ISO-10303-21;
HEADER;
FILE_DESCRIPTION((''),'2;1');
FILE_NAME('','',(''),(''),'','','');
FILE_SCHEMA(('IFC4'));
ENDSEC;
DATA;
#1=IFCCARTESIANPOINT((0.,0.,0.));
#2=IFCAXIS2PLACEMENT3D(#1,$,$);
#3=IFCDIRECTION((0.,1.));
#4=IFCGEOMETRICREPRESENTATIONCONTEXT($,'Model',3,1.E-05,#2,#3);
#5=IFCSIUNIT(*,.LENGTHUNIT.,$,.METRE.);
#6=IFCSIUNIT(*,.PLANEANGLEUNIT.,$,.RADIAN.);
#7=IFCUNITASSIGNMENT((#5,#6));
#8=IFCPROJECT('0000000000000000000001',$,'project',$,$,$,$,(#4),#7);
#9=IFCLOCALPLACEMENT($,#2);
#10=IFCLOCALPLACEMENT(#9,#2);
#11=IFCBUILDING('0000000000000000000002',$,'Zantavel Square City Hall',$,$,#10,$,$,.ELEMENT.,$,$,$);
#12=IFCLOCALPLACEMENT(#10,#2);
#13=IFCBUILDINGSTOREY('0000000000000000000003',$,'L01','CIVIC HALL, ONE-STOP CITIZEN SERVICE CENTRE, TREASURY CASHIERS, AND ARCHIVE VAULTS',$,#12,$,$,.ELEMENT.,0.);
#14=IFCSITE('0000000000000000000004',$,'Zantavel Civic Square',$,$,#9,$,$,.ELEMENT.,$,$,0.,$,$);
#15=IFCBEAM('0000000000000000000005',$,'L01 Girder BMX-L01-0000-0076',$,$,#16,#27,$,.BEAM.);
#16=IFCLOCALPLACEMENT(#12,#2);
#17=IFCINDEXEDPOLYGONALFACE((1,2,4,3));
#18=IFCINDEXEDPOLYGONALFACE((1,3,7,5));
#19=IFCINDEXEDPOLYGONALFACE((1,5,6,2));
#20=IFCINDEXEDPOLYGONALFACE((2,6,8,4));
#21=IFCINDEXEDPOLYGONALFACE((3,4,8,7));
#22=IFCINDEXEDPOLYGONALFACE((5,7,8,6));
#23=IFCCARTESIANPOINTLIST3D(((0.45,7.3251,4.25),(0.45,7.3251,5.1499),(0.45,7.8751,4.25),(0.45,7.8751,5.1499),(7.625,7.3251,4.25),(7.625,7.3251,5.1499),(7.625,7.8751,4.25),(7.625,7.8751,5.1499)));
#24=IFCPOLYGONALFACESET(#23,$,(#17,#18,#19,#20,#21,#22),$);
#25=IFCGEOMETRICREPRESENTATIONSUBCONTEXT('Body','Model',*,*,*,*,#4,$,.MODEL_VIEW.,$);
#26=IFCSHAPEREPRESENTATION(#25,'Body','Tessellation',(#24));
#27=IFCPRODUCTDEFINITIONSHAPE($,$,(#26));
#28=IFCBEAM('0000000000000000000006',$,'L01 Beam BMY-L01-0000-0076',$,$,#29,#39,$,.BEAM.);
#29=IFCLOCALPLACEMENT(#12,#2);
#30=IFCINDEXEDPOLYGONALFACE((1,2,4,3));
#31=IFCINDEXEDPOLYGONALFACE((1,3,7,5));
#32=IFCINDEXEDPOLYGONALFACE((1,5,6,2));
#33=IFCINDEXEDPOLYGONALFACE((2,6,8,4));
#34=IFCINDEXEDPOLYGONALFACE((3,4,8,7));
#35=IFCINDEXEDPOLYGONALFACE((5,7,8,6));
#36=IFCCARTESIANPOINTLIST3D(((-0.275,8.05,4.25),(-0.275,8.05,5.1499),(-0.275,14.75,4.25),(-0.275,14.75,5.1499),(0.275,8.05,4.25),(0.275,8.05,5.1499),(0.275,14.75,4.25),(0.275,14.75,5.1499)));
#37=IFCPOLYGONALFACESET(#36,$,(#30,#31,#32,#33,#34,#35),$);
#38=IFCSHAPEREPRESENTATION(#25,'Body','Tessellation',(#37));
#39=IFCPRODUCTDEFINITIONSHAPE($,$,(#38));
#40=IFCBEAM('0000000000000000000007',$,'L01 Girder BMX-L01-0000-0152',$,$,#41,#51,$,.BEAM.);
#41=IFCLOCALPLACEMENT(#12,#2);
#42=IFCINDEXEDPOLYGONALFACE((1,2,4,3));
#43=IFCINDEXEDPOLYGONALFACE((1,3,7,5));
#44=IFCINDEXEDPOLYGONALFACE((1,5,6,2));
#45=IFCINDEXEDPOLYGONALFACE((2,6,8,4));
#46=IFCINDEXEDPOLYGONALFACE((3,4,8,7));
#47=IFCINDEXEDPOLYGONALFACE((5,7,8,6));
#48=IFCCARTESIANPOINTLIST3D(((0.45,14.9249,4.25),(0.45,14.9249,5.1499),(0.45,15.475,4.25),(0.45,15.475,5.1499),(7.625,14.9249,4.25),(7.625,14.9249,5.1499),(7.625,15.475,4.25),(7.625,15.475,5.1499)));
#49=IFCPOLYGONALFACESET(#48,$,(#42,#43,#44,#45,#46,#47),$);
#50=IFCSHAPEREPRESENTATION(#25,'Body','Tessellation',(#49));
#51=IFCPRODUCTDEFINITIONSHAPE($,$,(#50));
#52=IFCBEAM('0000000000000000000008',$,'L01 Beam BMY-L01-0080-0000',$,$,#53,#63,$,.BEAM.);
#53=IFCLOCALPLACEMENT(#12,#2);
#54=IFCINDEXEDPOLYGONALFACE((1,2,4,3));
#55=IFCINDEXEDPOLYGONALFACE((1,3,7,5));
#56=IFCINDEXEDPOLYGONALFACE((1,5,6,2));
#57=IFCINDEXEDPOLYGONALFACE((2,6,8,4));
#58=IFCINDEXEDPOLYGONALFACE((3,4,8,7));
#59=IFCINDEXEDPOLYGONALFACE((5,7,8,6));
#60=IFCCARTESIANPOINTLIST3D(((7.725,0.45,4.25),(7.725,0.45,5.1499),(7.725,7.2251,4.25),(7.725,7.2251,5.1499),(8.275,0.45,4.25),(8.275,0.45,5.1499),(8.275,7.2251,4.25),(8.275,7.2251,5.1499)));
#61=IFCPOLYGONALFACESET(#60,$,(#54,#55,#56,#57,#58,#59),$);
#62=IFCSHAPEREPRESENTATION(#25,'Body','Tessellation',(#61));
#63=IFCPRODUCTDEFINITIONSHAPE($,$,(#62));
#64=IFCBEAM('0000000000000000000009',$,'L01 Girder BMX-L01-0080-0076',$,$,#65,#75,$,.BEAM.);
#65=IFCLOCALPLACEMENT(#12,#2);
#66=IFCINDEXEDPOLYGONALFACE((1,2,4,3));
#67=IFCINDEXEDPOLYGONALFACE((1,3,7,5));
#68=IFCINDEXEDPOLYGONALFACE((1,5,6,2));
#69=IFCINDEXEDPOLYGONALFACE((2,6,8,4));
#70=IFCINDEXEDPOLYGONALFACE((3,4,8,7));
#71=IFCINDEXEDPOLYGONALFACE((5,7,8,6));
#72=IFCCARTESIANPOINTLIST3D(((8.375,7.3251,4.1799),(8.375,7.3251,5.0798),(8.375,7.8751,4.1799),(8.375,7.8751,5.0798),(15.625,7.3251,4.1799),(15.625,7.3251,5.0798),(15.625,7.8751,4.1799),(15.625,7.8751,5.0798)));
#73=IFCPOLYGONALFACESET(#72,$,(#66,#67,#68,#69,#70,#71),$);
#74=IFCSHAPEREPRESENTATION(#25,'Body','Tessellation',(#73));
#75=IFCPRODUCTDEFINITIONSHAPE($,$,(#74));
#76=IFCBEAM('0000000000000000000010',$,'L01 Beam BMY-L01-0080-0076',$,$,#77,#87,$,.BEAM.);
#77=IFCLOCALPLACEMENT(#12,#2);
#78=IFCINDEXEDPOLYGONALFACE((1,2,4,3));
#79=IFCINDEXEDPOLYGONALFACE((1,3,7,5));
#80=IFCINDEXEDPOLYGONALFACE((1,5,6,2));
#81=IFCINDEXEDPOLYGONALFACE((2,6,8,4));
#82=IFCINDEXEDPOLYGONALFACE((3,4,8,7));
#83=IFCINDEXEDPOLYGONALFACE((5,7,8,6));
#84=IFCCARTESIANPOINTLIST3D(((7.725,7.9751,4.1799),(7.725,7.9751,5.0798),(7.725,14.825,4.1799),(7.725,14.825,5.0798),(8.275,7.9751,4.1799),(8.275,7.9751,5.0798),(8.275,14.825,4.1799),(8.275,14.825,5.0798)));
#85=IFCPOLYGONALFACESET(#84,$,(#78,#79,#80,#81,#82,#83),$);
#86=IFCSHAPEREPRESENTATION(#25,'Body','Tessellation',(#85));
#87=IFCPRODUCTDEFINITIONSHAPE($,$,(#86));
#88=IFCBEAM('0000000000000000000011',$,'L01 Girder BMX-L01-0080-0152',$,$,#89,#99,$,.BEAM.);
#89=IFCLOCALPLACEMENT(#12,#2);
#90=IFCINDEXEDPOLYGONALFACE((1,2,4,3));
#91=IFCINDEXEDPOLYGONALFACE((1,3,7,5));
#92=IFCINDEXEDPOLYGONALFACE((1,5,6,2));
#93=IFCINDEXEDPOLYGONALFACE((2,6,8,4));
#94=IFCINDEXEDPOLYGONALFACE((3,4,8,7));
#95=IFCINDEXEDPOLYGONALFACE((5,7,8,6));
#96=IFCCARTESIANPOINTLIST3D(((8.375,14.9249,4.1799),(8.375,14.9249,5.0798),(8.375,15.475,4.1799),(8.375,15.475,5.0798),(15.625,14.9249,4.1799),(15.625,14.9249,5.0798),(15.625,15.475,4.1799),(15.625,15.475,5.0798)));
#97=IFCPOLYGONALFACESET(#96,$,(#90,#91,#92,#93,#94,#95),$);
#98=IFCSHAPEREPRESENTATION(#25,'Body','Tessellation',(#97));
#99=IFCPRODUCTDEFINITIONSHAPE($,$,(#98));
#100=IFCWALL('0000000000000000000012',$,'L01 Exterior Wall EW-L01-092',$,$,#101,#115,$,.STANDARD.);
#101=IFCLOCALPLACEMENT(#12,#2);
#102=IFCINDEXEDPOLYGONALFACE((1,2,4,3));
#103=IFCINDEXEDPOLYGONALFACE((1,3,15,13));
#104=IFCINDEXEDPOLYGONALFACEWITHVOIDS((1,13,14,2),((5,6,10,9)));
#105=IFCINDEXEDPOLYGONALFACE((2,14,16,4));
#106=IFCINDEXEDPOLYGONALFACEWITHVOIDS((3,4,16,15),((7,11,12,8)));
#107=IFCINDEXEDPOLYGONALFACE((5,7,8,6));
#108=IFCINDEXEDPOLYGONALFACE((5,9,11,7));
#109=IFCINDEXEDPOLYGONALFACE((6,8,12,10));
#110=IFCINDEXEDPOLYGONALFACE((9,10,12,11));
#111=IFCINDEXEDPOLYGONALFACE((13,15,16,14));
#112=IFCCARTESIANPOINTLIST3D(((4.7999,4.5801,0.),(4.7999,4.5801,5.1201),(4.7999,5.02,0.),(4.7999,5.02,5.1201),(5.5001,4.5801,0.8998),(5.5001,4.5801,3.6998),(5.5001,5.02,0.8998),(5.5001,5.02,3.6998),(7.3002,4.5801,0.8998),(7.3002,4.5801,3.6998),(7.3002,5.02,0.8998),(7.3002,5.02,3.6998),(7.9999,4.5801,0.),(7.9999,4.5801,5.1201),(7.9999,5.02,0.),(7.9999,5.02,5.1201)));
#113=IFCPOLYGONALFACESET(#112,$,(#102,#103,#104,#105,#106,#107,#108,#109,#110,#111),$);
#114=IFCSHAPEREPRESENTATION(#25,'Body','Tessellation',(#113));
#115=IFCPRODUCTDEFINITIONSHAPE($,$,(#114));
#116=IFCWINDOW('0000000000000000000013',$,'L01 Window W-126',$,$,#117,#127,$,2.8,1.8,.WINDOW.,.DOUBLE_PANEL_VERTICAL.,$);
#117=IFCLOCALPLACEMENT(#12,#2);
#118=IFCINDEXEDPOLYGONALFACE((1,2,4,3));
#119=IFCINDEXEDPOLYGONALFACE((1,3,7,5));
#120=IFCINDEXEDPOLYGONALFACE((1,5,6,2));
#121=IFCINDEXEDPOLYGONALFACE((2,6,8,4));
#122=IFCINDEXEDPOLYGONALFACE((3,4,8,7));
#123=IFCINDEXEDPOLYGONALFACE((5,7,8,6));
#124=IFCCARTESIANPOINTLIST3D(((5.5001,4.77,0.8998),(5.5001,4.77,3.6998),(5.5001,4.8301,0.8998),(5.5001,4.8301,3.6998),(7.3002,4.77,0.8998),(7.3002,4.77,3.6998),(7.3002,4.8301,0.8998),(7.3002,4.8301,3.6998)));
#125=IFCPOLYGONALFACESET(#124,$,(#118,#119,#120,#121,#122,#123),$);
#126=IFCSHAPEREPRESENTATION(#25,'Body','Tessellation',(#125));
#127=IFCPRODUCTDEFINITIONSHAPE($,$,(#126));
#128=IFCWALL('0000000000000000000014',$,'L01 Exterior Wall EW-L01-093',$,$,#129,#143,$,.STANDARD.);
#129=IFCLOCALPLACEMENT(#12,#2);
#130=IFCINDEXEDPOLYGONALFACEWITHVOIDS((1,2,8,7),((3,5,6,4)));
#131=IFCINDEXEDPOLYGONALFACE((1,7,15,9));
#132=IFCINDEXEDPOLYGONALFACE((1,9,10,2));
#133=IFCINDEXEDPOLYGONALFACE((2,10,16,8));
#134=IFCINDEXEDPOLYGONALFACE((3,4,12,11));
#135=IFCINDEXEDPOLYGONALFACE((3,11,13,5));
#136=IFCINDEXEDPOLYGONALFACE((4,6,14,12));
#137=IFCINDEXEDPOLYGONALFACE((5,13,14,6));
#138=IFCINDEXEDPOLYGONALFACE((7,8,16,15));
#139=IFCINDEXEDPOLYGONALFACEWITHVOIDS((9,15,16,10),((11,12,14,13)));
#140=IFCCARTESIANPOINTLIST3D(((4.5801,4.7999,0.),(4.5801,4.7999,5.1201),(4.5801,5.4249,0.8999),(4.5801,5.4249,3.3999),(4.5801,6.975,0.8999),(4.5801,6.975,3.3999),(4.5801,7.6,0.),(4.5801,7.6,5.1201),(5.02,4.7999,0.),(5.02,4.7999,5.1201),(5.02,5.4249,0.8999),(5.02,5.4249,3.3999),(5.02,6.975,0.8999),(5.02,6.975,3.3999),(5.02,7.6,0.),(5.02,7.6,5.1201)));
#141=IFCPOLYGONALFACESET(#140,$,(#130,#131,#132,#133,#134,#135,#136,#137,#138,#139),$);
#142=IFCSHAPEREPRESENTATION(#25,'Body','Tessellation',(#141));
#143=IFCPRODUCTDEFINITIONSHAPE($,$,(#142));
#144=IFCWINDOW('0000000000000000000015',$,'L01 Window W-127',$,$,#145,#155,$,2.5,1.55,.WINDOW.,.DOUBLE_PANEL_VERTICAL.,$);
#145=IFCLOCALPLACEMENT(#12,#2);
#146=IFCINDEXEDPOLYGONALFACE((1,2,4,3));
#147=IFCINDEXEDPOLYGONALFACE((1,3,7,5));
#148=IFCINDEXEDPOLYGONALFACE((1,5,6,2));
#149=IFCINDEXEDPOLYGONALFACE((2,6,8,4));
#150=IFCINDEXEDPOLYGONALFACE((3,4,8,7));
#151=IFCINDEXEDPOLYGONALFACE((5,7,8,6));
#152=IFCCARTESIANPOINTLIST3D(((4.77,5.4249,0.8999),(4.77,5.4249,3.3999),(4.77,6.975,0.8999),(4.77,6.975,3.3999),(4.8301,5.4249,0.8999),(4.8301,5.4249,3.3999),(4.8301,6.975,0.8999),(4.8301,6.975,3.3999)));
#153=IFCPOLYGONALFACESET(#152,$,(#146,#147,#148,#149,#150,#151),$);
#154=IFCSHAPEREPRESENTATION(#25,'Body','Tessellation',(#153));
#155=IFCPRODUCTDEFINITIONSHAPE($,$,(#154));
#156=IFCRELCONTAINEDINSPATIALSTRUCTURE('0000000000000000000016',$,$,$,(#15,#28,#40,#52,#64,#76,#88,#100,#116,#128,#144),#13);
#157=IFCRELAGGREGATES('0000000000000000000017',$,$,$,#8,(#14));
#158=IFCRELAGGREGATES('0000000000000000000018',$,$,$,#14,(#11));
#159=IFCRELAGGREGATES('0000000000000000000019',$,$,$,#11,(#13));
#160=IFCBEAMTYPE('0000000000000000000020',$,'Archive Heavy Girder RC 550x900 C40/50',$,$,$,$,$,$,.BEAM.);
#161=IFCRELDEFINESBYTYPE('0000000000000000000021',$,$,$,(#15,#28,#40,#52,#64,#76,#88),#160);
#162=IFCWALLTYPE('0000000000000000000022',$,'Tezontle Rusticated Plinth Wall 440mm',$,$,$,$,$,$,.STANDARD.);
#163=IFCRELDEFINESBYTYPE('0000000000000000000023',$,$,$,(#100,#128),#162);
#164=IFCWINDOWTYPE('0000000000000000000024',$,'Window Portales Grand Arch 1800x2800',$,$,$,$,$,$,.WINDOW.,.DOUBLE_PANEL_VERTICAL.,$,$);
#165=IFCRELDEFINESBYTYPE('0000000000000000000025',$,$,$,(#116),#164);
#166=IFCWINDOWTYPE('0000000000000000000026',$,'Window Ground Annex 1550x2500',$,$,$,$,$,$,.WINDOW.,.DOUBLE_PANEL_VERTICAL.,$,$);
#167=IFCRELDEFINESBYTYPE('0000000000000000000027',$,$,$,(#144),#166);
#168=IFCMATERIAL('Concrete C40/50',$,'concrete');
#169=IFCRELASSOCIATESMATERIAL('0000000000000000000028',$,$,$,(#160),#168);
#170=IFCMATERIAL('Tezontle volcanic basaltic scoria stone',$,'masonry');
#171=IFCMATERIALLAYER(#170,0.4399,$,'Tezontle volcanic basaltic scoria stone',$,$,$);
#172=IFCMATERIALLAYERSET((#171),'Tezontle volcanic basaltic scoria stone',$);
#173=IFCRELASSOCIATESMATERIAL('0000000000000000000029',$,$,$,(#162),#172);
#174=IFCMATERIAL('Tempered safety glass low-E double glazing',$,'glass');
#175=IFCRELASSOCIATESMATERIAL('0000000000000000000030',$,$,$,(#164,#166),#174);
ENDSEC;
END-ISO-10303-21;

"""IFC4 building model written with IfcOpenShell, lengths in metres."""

from ifc_helpers import new_model, si_unit, direction, frame, frame_2d, origin, origin_2d, place, context, subcontext, project, spatial, rectangle, extrude, material, layer, layer_set, material_profile, profile_set, type_object, element, fill, save


model = new_model("IFC4")

# Units and contexts
model_context = context("Model", 3, precision=1e-05, world=origin(), true_north=direction((0.0, 1.0)))
body_context = subcontext(model_context, "Body", "Model", "MODEL_VIEW")
ifc_project = project(units=[si_unit("LENGTHUNIT", "METRE"), si_unit("PLANEANGLEUNIT", "RADIAN")], contexts=[model_context])

# Site, building, storey
site_placement = place(None, origin())
site = spatial("IfcSite", under=ifc_project, at=site_placement, Name="Zantavel Civic Square", CompositionType="ELEMENT", RefElevation=0.0)
building_placement = place(site_placement, origin())
building = spatial("IfcBuilding", under=site, at=building_placement, Name="Zantavel Square City Hall", CompositionType="ELEMENT")
storey_placement = place(building_placement, origin())
storey = spatial("IfcBuildingStorey", under=building, at=storey_placement, Name="L01", Description="CIVIC HALL, ONE-STOP CITIZEN SERVICE CENTRE, TREASURY CASHIERS, AND ARCHIVE VAULTS", CompositionType="ELEMENT", Elevation=0.0)

# Shared definitions
ifc_material_1 = material(Name="Concrete C40/50", Category="concrete")

# Beams
ifc_material_profile_1 = material_profile(ifc_material_1, rectangle(XDim=0.55, YDim=0.8999, at=origin_2d()), Name="RC 550x900")
ifc_profile_set_1 = profile_set([ifc_material_profile_1], Name="Concrete C40/50")
beam_type_1 = type_object("IfcBeamType", Name="Archive Heavy Girder RC 550x900 C40/50", PredefinedType="BEAM", material=ifc_profile_set_1)
beam_1_placement = place(storey_placement, frame((0.45, 7.6001, 4.7), z_axis=(1.0, 0.0, 0.0), x_axis=(0.0, 1.0, 0.0)))
element("IfcBeam", 1, at=beam_1_placement, inside=storey, type_object=beam_type_1, Name="L01 Girder BMX-L01-0000-0076", PredefinedType="BEAM", context=body_context, shape_type="SweptSolid", body=[
    extrude(rectangle(XDim=0.55, YDim=0.8999, at=origin_2d()), origin(), (0.0, 0.0, 1.0), 7.175),
])
beam_2_placement = place(storey_placement, frame((0.0, 8.05, 4.7), z_axis=(0.0, 1.0, 0.0), x_axis=(-1.0, 0.0, 0.0)))
element("IfcBeam", 2, at=beam_2_placement, inside=storey, type_object=beam_type_1, Name="L01 Beam BMY-L01-0000-0076", PredefinedType="BEAM", context=body_context, shape_type="SweptSolid", body=[
    extrude(rectangle(XDim=0.55, YDim=0.8999, at=origin_2d()), origin(), (0.0, 0.0, 1.0), 6.7),
])
beam_3_placement = place(storey_placement, frame((0.45, 15.2, 4.7), z_axis=(1.0, 0.0, 0.0), x_axis=(0.0, 1.0, 0.0)))
element("IfcBeam", 3, at=beam_3_placement, inside=storey, type_object=beam_type_1, Name="L01 Girder BMX-L01-0000-0152", PredefinedType="BEAM", context=body_context, shape_type="SweptSolid", body=[
    extrude(rectangle(XDim=0.55, YDim=0.8999, at=origin_2d()), origin(), (0.0, 0.0, 1.0), 7.175),
])
beam_4_placement = place(storey_placement, frame((8.0, 0.45, 4.7), z_axis=(0.0, 1.0, 0.0), x_axis=(-1.0, 0.0, 0.0)))
element("IfcBeam", 4, at=beam_4_placement, inside=storey, type_object=beam_type_1, Name="L01 Beam BMY-L01-0080-0000", PredefinedType="BEAM", context=body_context, shape_type="SweptSolid", body=[
    extrude(rectangle(XDim=0.55, YDim=0.8999, at=origin_2d()), origin(), (0.0, 0.0, 1.0), 6.7751),
])
beam_5_placement = place(storey_placement, frame((8.375, 7.6001, 4.6299), z_axis=(1.0, 0.0, 0.0), x_axis=(0.0, 1.0, 0.0)))
element("IfcBeam", 5, at=beam_5_placement, inside=storey, type_object=beam_type_1, Name="L01 Girder BMX-L01-0080-0076", PredefinedType="BEAM", context=body_context, shape_type="SweptSolid", body=[
    extrude(rectangle(XDim=0.55, YDim=0.8999, at=origin_2d()), origin(), (0.0, 0.0, 1.0), 7.25),
])
beam_6_placement = place(storey_placement, frame((8.0, 7.9751, 4.6299), z_axis=(0.0, 1.0, 0.0), x_axis=(-1.0, 0.0, 0.0)))
element("IfcBeam", 6, at=beam_6_placement, inside=storey, type_object=beam_type_1, Name="L01 Beam BMY-L01-0080-0076", PredefinedType="BEAM", context=body_context, shape_type="SweptSolid", body=[
    extrude(rectangle(XDim=0.55, YDim=0.8999, at=origin_2d()), origin(), (0.0, 0.0, 1.0), 6.8499),
])
beam_7_placement = place(storey_placement, frame((8.375, 15.2, 4.6299), z_axis=(1.0, 0.0, 0.0), x_axis=(0.0, 1.0, 0.0)))
element("IfcBeam", 7, at=beam_7_placement, inside=storey, type_object=beam_type_1, Name="L01 Girder BMX-L01-0080-0152", PredefinedType="BEAM", context=body_context, shape_type="SweptSolid", body=[
    extrude(rectangle(XDim=0.55, YDim=0.8999, at=origin_2d()), origin(), (0.0, 0.0, 1.0), 7.25),
])

# Walls, openings, windows
ifc_material_2 = material(Name="Tezontle volcanic basaltic scoria stone", Category="masonry")
ifc_layer = layer(ifc_material_2, 0.4399, Name="Tezontle volcanic basaltic scoria stone")
ifc_layer_set = layer_set([ifc_layer], Name="Tezontle volcanic basaltic scoria stone")
wall_type = type_object("IfcWallType", Name="Tezontle Rusticated Plinth Wall 440mm", PredefinedType="STANDARD", material=ifc_layer_set)
wall_1_placement = place(storey_placement, frame((8.0, 4.8, 0.0), z_axis=(0.0, 0.0, 1.0), x_axis=(-1.0, 0.0, 0.0)))
wall_1 = element("IfcWall", 8, at=wall_1_placement, inside=storey, type_object=wall_type, Name="L01 Exterior Wall EW-L01-092", PredefinedType="STANDARD", context=body_context, shape_type="SweptSolid", body=[
    extrude(rectangle(XDim=3.2, YDim=0.4399, at=frame_2d((1.6001, 0.0))), origin(), (0.0, 0.0, 1.0), 5.1201),
])
opening_1_placement = place(wall_1_placement, frame((0.7, 0.0, 0.8999)))
opening_1 = element("IfcOpeningElement", 9, at=opening_1_placement, cuts=wall_1, PredefinedType="OPENING", context=body_context, shape_type="SweptSolid", body=[
    extrude(rectangle(XDim=1.8, YDim=2.8, at=frame_2d((0.8999, 1.3999))), frame((0.0, 0.23, 0.0), z_axis=(0.0, -1.0, 0.0), x_axis=(1.0, 0.0, 0.0)), (0.0, 0.0, 1.0), 0.46),
])
ifc_material_3 = material(Name="Tempered safety glass low-E double glazing", Category="glass")
window_type_1 = type_object("IfcWindowType", Name="Window Portales Grand Arch 1800x2800", PartitioningType="DOUBLE_PANEL_VERTICAL", PredefinedType="WINDOW", material=ifc_material_3)
window_1_placement = place(opening_1_placement, origin())
window_1 = element("IfcWindow", 10, at=window_1_placement, inside=storey, type_object=window_type_1, Name="L01 Window W-126", OverallHeight=2.8, OverallWidth=1.8, PartitioningType="DOUBLE_PANEL_VERTICAL", PredefinedType="WINDOW", context=body_context, shape_type="SweptSolid", body=[
    extrude(rectangle(XDim=1.8, YDim=2.8, at=frame_2d((0.8999, 1.3999))), frame((0.0, 0.03, 0.0), z_axis=(0.0, -1.0, 0.0), x_axis=(1.0, 0.0, 0.0)), (0.0, 0.0, 1.0), 0.0601),
])
fill(opening_1, window_1)
wall_2_placement = place(storey_placement, frame((4.8, 4.8, 0.0), z_axis=(0.0, 0.0, 1.0), x_axis=(0.0, 1.0, 0.0)))
wall_2 = element("IfcWall", 11, at=wall_2_placement, inside=storey, type_object=wall_type, Name="L01 Exterior Wall EW-L01-093", PredefinedType="STANDARD", context=body_context, shape_type="SweptSolid", body=[
    extrude(rectangle(XDim=2.8, YDim=0.4399, at=frame_2d((1.3999, 0.0))), origin(), (0.0, 0.0, 1.0), 5.1201),
])
opening_2_placement = place(wall_2_placement, frame((0.625, 0.0, 0.8999)))
opening_2 = element("IfcOpeningElement", 12, at=opening_2_placement, cuts=wall_2, PredefinedType="OPENING", context=body_context, shape_type="SweptSolid", body=[
    extrude(rectangle(XDim=1.55, YDim=2.5, at=frame_2d((0.7749, 1.25))), frame((0.0, 0.23, 0.0), z_axis=(0.0, -1.0, 0.0), x_axis=(1.0, 0.0, 0.0)), (0.0, 0.0, 1.0), 0.46),
])
window_type_2 = type_object("IfcWindowType", Name="Window Ground Annex 1550x2500", PartitioningType="DOUBLE_PANEL_VERTICAL", PredefinedType="WINDOW", material=ifc_material_3)
window_2_placement = place(opening_2_placement, origin())
window_2 = element("IfcWindow", 13, at=window_2_placement, inside=storey, type_object=window_type_2, Name="L01 Window W-127", OverallHeight=2.5, OverallWidth=1.55, PartitioningType="DOUBLE_PANEL_VERTICAL", PredefinedType="WINDOW", context=body_context, shape_type="SweptSolid", body=[
    extrude(rectangle(XDim=1.55, YDim=2.5, at=frame_2d((0.7749, 1.25))), frame((0.0, 0.03, 0.0), z_axis=(0.0, -1.0, 0.0), x_axis=(1.0, 0.0, 0.0)), (0.0, 0.0, 1.0), 0.0601),
])
fill(opening_2, window_2)

save(model, "model.ifc")
